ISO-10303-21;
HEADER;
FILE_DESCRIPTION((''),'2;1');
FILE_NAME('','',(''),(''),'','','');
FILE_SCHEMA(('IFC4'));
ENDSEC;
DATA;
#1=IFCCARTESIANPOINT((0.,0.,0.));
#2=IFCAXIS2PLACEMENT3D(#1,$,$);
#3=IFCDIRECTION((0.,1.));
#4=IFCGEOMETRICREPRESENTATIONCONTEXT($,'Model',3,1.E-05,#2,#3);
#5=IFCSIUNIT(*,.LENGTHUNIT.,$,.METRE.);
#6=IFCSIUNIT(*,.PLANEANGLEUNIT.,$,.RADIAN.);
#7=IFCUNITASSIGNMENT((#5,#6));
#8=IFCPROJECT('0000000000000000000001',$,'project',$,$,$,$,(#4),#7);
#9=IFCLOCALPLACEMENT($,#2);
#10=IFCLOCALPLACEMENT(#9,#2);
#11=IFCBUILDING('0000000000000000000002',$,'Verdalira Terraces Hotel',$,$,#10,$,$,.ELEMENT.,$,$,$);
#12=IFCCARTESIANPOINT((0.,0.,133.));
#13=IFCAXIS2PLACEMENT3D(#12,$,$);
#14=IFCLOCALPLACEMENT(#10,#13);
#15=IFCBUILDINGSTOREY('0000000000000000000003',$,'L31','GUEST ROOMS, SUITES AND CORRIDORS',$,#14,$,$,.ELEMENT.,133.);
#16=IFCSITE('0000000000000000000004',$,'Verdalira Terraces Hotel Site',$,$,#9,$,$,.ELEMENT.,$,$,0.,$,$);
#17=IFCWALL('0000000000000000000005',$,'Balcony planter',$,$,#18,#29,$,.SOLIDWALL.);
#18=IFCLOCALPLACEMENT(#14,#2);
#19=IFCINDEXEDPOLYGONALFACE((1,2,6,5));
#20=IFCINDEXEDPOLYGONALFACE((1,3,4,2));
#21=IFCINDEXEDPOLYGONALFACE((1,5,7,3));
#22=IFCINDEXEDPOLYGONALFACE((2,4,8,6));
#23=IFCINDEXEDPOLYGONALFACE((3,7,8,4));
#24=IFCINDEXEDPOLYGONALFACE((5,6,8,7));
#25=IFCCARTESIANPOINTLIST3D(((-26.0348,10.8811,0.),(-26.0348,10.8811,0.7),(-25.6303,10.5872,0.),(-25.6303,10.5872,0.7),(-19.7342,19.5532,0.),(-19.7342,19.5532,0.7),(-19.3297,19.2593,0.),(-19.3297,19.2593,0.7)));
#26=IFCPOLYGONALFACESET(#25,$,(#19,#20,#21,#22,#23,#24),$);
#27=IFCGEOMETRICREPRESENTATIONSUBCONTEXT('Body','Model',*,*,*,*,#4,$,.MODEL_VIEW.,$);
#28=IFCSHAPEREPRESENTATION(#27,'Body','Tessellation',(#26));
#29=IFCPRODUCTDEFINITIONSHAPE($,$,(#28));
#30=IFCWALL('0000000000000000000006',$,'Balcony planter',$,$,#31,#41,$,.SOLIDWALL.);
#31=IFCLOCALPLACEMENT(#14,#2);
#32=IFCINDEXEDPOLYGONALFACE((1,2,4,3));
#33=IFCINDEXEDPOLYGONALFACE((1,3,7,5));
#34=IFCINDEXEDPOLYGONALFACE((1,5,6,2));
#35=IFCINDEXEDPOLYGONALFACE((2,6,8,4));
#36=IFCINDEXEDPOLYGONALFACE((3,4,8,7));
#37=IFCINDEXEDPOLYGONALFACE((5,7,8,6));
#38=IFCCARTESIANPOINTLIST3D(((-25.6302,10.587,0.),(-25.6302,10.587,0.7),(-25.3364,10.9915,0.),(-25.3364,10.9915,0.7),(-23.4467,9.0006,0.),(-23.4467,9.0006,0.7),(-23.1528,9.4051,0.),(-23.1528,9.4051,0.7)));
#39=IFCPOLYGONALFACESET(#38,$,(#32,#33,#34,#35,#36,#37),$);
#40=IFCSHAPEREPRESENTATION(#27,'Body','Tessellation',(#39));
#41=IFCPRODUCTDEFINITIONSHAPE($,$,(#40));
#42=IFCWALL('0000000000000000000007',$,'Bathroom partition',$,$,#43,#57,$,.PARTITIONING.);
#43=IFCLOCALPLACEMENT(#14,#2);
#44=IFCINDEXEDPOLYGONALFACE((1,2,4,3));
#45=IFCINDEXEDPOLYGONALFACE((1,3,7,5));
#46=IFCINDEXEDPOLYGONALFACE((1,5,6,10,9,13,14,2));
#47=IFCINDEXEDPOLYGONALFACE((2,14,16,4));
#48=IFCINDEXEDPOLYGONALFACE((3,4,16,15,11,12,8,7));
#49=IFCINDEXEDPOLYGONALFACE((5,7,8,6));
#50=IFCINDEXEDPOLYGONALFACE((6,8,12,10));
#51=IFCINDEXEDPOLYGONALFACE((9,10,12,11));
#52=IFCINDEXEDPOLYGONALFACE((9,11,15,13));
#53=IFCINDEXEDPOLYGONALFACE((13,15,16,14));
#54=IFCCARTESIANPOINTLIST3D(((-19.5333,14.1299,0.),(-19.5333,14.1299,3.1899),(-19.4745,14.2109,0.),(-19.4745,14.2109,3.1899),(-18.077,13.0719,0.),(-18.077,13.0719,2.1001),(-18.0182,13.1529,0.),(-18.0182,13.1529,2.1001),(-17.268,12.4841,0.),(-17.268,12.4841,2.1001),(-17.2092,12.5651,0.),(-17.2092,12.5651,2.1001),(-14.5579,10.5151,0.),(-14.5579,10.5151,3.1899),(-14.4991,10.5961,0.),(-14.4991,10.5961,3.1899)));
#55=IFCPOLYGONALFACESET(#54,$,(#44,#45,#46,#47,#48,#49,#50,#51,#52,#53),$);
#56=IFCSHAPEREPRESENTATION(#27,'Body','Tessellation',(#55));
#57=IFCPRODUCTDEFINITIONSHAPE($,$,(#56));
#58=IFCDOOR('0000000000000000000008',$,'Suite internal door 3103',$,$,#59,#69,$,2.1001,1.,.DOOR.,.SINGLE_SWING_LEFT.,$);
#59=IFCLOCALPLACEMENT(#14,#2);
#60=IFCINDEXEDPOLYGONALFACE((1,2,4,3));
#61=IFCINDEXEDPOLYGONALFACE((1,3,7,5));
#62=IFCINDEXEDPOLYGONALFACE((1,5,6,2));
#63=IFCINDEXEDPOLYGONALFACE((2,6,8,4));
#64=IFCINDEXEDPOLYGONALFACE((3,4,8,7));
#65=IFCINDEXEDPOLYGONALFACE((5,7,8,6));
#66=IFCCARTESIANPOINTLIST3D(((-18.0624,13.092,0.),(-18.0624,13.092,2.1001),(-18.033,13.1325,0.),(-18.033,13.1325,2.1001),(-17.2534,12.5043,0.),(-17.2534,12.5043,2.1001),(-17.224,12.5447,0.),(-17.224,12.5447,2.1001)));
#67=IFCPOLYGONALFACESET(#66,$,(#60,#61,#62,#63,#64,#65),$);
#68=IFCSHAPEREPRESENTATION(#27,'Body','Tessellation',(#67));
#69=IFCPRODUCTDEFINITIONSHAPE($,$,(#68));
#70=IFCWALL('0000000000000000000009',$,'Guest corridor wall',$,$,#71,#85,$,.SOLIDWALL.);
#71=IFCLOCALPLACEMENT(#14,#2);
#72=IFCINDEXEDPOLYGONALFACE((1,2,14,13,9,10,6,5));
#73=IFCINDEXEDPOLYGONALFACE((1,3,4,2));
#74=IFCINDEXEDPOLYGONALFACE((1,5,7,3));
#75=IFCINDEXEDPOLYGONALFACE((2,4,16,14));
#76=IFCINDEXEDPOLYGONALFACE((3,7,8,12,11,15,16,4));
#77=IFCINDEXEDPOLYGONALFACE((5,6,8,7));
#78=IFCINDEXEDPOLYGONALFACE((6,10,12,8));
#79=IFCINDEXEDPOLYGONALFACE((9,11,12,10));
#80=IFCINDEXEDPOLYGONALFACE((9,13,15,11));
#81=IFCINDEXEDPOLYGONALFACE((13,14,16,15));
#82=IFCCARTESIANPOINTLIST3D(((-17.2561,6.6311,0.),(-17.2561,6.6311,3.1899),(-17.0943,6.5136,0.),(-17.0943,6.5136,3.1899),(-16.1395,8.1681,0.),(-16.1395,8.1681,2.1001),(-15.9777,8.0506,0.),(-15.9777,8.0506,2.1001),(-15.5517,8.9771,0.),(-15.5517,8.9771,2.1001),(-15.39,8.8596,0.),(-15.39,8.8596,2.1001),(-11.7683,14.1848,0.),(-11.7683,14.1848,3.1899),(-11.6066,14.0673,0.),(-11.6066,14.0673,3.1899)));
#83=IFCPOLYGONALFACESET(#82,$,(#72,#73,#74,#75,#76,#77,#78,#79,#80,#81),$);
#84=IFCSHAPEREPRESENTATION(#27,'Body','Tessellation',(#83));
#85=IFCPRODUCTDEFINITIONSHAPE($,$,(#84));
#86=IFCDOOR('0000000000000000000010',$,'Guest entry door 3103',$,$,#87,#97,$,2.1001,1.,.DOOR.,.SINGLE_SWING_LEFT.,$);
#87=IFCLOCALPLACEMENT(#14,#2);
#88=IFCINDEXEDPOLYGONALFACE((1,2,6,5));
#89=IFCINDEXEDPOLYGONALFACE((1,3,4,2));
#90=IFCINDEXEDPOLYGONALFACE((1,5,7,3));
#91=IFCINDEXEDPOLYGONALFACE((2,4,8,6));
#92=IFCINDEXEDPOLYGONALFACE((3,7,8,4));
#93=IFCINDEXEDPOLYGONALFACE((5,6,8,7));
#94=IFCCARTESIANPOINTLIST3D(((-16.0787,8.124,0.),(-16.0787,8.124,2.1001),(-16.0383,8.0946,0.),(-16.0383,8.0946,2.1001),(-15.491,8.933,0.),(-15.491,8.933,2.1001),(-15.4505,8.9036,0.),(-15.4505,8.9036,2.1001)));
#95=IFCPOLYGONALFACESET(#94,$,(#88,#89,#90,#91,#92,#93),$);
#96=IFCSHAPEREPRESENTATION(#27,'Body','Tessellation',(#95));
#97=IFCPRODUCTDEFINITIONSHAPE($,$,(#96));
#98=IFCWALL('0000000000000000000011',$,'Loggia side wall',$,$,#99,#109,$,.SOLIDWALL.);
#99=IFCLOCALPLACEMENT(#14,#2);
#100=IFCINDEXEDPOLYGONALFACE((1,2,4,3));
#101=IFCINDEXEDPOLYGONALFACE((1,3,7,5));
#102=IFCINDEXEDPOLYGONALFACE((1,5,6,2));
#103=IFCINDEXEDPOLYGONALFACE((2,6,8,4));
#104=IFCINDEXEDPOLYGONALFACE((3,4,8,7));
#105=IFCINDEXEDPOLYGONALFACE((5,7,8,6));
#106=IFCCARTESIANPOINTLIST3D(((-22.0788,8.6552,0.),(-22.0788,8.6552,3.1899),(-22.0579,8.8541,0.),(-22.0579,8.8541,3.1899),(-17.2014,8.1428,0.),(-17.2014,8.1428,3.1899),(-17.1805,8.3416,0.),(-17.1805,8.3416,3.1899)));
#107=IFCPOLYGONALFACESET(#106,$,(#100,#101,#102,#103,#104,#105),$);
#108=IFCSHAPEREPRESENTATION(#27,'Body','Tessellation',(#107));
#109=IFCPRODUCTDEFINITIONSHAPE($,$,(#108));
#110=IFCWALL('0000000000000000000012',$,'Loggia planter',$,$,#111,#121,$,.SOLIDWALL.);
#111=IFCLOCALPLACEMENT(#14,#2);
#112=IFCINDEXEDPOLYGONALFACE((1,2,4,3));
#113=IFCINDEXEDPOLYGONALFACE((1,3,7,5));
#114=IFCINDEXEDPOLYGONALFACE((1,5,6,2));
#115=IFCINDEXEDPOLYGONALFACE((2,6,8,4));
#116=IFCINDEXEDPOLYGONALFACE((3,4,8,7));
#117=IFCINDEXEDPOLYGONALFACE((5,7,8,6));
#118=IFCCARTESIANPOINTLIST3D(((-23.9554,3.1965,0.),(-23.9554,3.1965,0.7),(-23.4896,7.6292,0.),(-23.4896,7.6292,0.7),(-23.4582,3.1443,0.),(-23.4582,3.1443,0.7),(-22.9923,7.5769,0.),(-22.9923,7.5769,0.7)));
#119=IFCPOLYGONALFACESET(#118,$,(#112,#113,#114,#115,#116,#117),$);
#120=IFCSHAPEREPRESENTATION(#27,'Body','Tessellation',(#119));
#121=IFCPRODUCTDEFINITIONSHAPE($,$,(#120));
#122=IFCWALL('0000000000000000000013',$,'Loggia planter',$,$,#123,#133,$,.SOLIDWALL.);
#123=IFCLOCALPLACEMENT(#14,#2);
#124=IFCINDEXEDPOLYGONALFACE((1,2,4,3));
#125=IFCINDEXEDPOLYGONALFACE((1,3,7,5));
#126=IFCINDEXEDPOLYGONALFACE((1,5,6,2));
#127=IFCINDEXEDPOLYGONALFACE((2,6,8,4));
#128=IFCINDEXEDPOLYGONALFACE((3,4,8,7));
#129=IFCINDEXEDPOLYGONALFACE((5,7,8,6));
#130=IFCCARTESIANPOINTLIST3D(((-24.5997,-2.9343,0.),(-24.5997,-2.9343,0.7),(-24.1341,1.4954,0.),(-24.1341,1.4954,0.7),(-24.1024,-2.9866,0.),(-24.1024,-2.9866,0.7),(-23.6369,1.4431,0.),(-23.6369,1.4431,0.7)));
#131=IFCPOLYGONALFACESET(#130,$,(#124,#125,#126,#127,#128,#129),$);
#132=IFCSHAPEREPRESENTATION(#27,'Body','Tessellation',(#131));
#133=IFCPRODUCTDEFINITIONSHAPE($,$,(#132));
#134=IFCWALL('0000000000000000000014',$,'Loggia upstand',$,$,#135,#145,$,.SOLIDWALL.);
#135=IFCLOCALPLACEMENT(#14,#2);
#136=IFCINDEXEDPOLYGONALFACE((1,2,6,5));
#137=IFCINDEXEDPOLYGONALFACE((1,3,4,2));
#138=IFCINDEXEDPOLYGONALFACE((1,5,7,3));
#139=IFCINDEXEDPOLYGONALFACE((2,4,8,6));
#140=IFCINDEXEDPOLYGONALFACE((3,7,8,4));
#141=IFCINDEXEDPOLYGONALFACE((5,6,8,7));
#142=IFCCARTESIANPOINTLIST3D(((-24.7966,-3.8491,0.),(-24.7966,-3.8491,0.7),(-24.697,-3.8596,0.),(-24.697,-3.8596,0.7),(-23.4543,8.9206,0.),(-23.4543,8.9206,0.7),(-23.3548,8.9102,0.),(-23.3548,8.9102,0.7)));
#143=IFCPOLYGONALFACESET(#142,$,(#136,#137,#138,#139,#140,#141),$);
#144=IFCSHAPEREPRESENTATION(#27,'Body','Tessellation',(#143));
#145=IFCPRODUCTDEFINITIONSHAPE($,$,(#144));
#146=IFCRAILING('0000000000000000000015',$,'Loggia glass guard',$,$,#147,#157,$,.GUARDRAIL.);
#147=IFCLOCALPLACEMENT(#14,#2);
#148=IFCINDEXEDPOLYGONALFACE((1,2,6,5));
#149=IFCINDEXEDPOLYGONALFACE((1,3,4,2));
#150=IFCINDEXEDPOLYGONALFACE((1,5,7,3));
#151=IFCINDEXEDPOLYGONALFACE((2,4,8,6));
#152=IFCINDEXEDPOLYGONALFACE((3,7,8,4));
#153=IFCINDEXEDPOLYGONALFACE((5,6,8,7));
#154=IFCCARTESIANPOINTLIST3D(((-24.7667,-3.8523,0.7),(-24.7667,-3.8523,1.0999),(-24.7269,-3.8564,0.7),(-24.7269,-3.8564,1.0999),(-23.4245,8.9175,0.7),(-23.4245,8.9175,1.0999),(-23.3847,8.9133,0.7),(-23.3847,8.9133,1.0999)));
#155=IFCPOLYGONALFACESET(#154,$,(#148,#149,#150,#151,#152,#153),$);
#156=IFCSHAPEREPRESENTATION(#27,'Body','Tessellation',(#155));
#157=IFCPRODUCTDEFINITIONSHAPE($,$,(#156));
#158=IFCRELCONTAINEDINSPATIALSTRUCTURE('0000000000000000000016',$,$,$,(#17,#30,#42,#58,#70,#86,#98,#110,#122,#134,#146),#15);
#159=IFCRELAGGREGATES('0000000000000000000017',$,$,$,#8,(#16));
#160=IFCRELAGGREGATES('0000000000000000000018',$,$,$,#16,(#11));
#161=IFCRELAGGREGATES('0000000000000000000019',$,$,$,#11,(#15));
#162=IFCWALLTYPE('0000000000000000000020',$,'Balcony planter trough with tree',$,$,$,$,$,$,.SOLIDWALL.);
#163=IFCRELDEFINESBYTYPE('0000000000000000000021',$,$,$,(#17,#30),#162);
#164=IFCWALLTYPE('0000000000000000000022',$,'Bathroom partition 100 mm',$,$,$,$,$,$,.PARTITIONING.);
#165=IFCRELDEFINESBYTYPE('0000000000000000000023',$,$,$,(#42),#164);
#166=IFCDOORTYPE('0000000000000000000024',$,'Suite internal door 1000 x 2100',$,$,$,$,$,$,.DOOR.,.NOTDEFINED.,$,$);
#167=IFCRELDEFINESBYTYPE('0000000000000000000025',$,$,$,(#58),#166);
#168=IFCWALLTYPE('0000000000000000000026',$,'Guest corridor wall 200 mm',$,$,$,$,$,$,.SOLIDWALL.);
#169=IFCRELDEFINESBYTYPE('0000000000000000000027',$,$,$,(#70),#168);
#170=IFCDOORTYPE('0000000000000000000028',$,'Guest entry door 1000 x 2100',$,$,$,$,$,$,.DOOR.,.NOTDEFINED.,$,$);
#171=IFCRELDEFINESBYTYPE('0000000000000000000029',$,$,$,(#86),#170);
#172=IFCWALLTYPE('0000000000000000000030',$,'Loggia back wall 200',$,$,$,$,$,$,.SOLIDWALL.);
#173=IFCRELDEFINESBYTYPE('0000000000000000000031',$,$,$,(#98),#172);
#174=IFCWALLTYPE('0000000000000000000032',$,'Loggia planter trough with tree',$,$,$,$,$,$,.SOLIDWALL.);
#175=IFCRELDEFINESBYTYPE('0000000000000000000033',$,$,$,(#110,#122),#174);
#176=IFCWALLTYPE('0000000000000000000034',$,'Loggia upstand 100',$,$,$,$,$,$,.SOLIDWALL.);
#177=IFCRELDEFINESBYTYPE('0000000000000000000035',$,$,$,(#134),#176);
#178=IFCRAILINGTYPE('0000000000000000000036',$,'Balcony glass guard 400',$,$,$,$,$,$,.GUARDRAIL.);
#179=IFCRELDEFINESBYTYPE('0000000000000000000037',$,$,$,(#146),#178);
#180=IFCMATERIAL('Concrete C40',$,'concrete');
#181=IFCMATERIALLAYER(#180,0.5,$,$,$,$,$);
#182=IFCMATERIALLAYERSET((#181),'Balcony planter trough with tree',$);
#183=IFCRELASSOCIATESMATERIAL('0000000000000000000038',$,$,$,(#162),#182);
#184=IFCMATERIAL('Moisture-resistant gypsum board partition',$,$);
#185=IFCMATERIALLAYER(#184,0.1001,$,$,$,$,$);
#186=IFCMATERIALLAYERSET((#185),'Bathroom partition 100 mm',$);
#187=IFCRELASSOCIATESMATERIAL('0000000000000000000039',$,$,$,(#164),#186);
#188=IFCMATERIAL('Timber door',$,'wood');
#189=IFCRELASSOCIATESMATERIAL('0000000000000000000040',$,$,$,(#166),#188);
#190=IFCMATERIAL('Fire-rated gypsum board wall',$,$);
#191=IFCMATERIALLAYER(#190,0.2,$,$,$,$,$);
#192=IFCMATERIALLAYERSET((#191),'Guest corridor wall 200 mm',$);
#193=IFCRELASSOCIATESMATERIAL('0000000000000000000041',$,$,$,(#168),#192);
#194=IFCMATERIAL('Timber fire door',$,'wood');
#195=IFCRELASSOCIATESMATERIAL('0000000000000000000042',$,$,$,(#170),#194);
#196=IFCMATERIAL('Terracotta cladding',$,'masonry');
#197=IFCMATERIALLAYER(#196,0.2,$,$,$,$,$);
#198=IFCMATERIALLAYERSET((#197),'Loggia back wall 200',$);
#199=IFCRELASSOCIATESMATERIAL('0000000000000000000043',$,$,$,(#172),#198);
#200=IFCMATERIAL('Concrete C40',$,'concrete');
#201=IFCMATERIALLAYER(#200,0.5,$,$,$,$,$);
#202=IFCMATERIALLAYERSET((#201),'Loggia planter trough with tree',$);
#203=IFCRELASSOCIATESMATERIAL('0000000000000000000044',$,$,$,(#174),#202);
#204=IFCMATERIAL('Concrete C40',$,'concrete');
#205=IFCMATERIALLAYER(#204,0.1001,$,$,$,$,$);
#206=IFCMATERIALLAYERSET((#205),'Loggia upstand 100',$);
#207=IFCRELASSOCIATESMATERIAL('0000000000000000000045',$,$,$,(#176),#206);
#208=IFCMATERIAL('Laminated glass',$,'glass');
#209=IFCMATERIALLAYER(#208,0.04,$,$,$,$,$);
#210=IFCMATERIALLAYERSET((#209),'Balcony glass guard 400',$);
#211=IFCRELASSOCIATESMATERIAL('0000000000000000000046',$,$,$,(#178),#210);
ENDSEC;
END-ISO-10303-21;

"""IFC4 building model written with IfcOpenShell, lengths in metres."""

from ifc_helpers import new_model, si_unit, direction, frame, frame_2d, origin, origin_2d, place, context, subcontext, project, spatial, rectangle, extrude, material, layer, layer_set, type_object, element, fill, save


model = new_model("IFC4")

# Units and contexts
model_context = context("Model", 3, precision=1e-05, world=origin(), true_north=direction((0.0, 1.0)))
body_context = subcontext(model_context, "Body", "Model", "MODEL_VIEW")
ifc_project = project(units=[si_unit("LENGTHUNIT", "METRE"), si_unit("PLANEANGLEUNIT", "RADIAN")], contexts=[model_context])

# Site, building, storey
site_placement = place(None, origin())
site = spatial("IfcSite", under=ifc_project, at=site_placement, Name="Verdalira Terraces Hotel Site", CompositionType="ELEMENT", RefElevation=0.0)
building_placement = place(site_placement, origin())
building = spatial("IfcBuilding", under=site, at=building_placement, Name="Verdalira Terraces Hotel", CompositionType="ELEMENT")
storey_placement = place(building_placement, frame((0.0, 0.0, 133.0)))
storey = spatial("IfcBuildingStorey", under=building, at=storey_placement, Name="L31", Description="GUEST ROOMS, SUITES AND CORRIDORS", CompositionType="ELEMENT", Elevation=133.0)

# Walls
ifc_material_1 = material(Name="Concrete C40", Category="concrete")
ifc_layer_1 = layer(ifc_material_1, 0.5)
ifc_layer_set_1 = layer_set([ifc_layer_1], Name="Balcony planter trough with tree")
wall_type_1 = type_object("IfcWallType", Name="Balcony planter trough with tree", PredefinedType="SOLIDWALL", material=ifc_layer_set_1)
wall_1_placement = place(storey_placement, frame((-19.532, 19.4062, 0.0), z_axis=(0.0, 0.0, 1.0), x_axis=(-0.587778, -0.809023, 0.0)))
element("IfcWall", 1, at=wall_1_placement, inside=storey, type_object=wall_type_1, Name="Balcony planter", PredefinedType="SOLIDWALL", context=body_context, shape_type="SweptSolid", body=[
    extrude(rectangle(XDim=10.7192, YDim=0.5, at=frame_2d((5.3596, 0.0))), origin(), (0.0, 0.0, 1.0), 0.7),
])
wall_2_placement = place(storey_placement, frame((-25.4834, 10.7893, 0.0), z_axis=(0.0, 0.0, 1.0), x_axis=(0.809025, -0.587774, 0.0)))
element("IfcWall", 2, at=wall_2_placement, inside=storey, type_object=wall_type_1, Name="Balcony planter", PredefinedType="SOLIDWALL", context=body_context, shape_type="SweptSolid", body=[
    extrude(rectangle(XDim=2.699, YDim=0.5, at=frame_2d((1.3496, 0.0))), origin(), (0.0, 0.0, 1.0), 0.7),
])

# Walls, openings, doors
ifc_material_2 = material(Name="Moisture-resistant gypsum board partition")
ifc_layer_2 = layer(ifc_material_2, 0.1001)
ifc_layer_set_2 = layer_set([ifc_layer_2], Name="Bathroom partition 100 mm")
wall_type_2 = type_object("IfcWallType", Name="Bathroom partition 100 mm", PredefinedType="PARTITIONING", material=ifc_layer_set_2)
wall_3_placement = place(storey_placement, frame((-19.5039, 14.1704, 0.0), z_axis=(0.0, 0.0, 1.0), x_axis=(0.809021, -0.58778, 0.0)))
wall_3 = element("IfcWall", 3, at=wall_3_placement, inside=storey, type_object=wall_type_2, Name="Bathroom partition", PredefinedType="PARTITIONING", context=body_context, shape_type="SweptSolid", body=[
    extrude(rectangle(XDim=6.1499, YDim=0.1001, at=frame_2d((3.075, 0.0))), origin(), (0.0, 0.0, 1.0), 3.1899),
])
opening_1_placement = place(wall_3_placement, frame((1.8, 0.0, 0.0)))
opening_1 = element("IfcOpeningElement", 4, at=opening_1_placement, cuts=wall_3, PredefinedType="OPENING", context=body_context, shape_type="SweptSolid", body=[
    extrude(rectangle(XDim=1.0, YDim=2.1001, at=frame_2d((0.5, 1.05))), frame((0.0, 0.0601, 0.0), z_axis=(0.0, -1.0, 0.0), x_axis=(1.0, 0.0, 0.0)), (0.0, 0.0, 1.0), 0.1201),
])
ifc_material_3 = material(Name="Timber door", Category="wood")
door_type_1 = type_object("IfcDoorType", Name="Suite internal door 1000 x 2100", OperationType="NOTDEFINED", PredefinedType="DOOR", material=ifc_material_3)
door_1_placement = place(opening_1_placement, origin())
door_1 = element("IfcDoor", 5, at=door_1_placement, inside=storey, type_object=door_type_1, Name="Suite internal door 3103", OperationType="SINGLE_SWING_LEFT", OverallHeight=2.1001, OverallWidth=1.0, PredefinedType="DOOR", context=body_context, shape_type="SweptSolid", body=[
    extrude(rectangle(XDim=1.0, YDim=2.1001, at=frame_2d((0.5, 1.05))), frame((0.0, 0.0249, 0.0), z_axis=(0.0, -1.0, 0.0), x_axis=(1.0, 0.0, 0.0)), (0.0, 0.0, 1.0), 0.05),
])
fill(opening_1, door_1)
ifc_material_4 = material(Name="Fire-rated gypsum board wall")
ifc_layer_3 = layer(ifc_material_4, 0.2)
ifc_layer_set_3 = layer_set([ifc_layer_3], Name="Guest corridor wall 200 mm")
wall_type_3 = type_object("IfcWallType", Name="Guest corridor wall 200 mm", PredefinedType="SOLIDWALL", material=ifc_layer_set_3)
wall_4_placement = place(storey_placement, frame((-17.1753, 6.5723, 0.0), z_axis=(0.0, 0.0, 1.0), x_axis=(0.587764, 0.809032, 0.0)))
wall_4 = element("IfcWall", 6, at=wall_4_placement, inside=storey, type_object=wall_type_3, Name="Guest corridor wall", PredefinedType="SOLIDWALL", context=body_context, shape_type="SweptSolid", body=[
    extrude(rectangle(XDim=9.3367, YDim=0.2, at=frame_2d((4.6685, 0.0))), origin(), (0.0, 0.0, 1.0), 3.1899),
])
opening_2_placement = place(wall_4_placement, frame((1.8999, 0.0, 0.0)))
opening_2 = element("IfcOpeningElement", 7, at=opening_2_placement, cuts=wall_4, PredefinedType="OPENING", context=body_context, shape_type="SweptSolid", body=[
    extrude(rectangle(XDim=1.0, YDim=2.1001, at=frame_2d((0.5, 1.05))), frame((0.0, 0.1099, 0.0), z_axis=(0.0, -1.0, 0.0), x_axis=(1.0, 0.0, 0.0)), (0.0, 0.0, 1.0), 0.22),
])
ifc_material_5 = material(Name="Timber fire door", Category="wood")
door_type_2 = type_object("IfcDoorType", Name="Guest entry door 1000 x 2100", OperationType="NOTDEFINED", PredefinedType="DOOR", material=ifc_material_5)
door_2_placement = place(opening_2_placement, origin())
door_2 = element("IfcDoor", 8, at=door_2_placement, inside=storey, type_object=door_type_2, Name="Guest entry door 3103", OperationType="SINGLE_SWING_LEFT", OverallHeight=2.1001, OverallWidth=1.0, PredefinedType="DOOR", context=body_context, shape_type="SweptSolid", body=[
    extrude(rectangle(XDim=1.0, YDim=2.1001, at=frame_2d((0.5, 1.05))), frame((0.0, 0.0249, 0.0), z_axis=(0.0, -1.0, 0.0), x_axis=(1.0, 0.0, 0.0)), (0.0, 0.0, 1.0), 0.05),
])
fill(opening_2, door_2)

# Walls
ifc_material_6 = material(Name="Terracotta cladding", Category="masonry")
ifc_layer_4 = layer(ifc_material_6, 0.2)
ifc_layer_set_4 = layer_set([ifc_layer_4], Name="Loggia back wall 200")
wall_type_4 = type_object("IfcWallType", Name="Loggia back wall 200", PredefinedType="SOLIDWALL", material=ifc_layer_set_4)
wall_5_placement = place(storey_placement, frame((-22.0684, 8.7546, 0.0), z_axis=(0.0, 0.0, 1.0), x_axis=(0.994526, -0.10449, 0.0)))
element("IfcWall", 9, at=wall_5_placement, inside=storey, type_object=wall_type_4, Name="Loggia side wall", PredefinedType="SOLIDWALL", context=body_context, shape_type="SweptSolid", body=[
    extrude(rectangle(XDim=4.9043, YDim=0.2, at=frame_2d((2.4521, 0.0))), origin(), (0.0, 0.0, 1.0), 3.1899),
])
ifc_material_7 = material(Name="Concrete C40", Category="concrete")
ifc_layer_5 = layer(ifc_material_7, 0.5)
ifc_layer_set_5 = layer_set([ifc_layer_5], Name="Loggia planter trough with tree")
wall_type_5 = type_object("IfcWallType", Name="Loggia planter trough with tree", PredefinedType="SOLIDWALL", material=ifc_layer_set_5)
wall_6_placement = place(storey_placement, frame((-23.241, 7.603, 0.0), z_axis=(0.0, 0.0, 1.0), x_axis=(-0.104514, -0.994523, 0.0)))
element("IfcWall", 10, at=wall_6_placement, inside=storey, type_object=wall_type_5, Name="Loggia planter", PredefinedType="SOLIDWALL", context=body_context, shape_type="SweptSolid", body=[
    extrude(rectangle(XDim=4.457, YDim=0.5, at=frame_2d((2.2285, 0.0))), origin(), (0.0, 0.0, 1.0), 0.7),
])
wall_7_placement = place(storey_placement, frame((-23.8855, 1.4692, 0.0), z_axis=(0.0, 0.0, 1.0), x_axis=(-0.104528, -0.994522, 0.0)))
element("IfcWall", 11, at=wall_7_placement, inside=storey, type_object=wall_type_5, Name="Loggia planter", PredefinedType="SOLIDWALL", context=body_context, shape_type="SweptSolid", body=[
    extrude(rectangle(XDim=4.4541, YDim=0.5, at=frame_2d((2.2271, 0.0))), origin(), (0.0, 0.0, 1.0), 0.7),
])
ifc_material_8 = material(Name="Concrete C40", Category="concrete")
ifc_layer_6 = layer(ifc_material_8, 0.1001)
ifc_layer_set_6 = layer_set([ifc_layer_6], Name="Loggia upstand 100")
wall_type_6 = type_object("IfcWallType", Name="Loggia upstand 100", PredefinedType="SOLIDWALL", material=ifc_layer_set_6)
wall_8_placement = place(storey_placement, frame((-23.4045, 8.9153, 0.0), z_axis=(0.0, 0.0, 1.0), x_axis=(-0.104538, -0.994521, 0.0)))
element("IfcWall", 12, at=wall_8_placement, inside=storey, type_object=wall_type_6, Name="Loggia upstand", PredefinedType="SOLIDWALL", context=body_context, shape_type="SweptSolid", body=[
    extrude(rectangle(XDim=12.8401, YDim=0.1001, at=frame_2d((6.4199, 0.0))), origin(), (0.0, 0.0, 1.0), 0.7),
])

# Railing
ifc_material_9 = material(Name="Laminated glass", Category="glass")
ifc_layer_7 = layer(ifc_material_9, 0.04)
ifc_layer_set_7 = layer_set([ifc_layer_7], Name="Balcony glass guard 400")
railing_type = type_object("IfcRailingType", Name="Balcony glass guard 400", PredefinedType="GUARDRAIL", material=ifc_layer_set_7)
railing_placement = place(storey_placement, frame((-24.0757, 2.5305, 0.7), z_axis=(0.0, 0.0, 1.0), x_axis=(-0.104528, -0.994522, 0.0)))
element("IfcRailing", 13, at=railing_placement, inside=storey, type_object=railing_type, Name="Loggia glass guard", PredefinedType="GUARDRAIL", context=body_context, shape_type="SweptSolid", body=[
    extrude(rectangle(XDim=12.8401, YDim=0.04, at=origin_2d()), origin(), (0.0, 0.0, 1.0), 0.3999),
])

save(model, "model.ifc")
